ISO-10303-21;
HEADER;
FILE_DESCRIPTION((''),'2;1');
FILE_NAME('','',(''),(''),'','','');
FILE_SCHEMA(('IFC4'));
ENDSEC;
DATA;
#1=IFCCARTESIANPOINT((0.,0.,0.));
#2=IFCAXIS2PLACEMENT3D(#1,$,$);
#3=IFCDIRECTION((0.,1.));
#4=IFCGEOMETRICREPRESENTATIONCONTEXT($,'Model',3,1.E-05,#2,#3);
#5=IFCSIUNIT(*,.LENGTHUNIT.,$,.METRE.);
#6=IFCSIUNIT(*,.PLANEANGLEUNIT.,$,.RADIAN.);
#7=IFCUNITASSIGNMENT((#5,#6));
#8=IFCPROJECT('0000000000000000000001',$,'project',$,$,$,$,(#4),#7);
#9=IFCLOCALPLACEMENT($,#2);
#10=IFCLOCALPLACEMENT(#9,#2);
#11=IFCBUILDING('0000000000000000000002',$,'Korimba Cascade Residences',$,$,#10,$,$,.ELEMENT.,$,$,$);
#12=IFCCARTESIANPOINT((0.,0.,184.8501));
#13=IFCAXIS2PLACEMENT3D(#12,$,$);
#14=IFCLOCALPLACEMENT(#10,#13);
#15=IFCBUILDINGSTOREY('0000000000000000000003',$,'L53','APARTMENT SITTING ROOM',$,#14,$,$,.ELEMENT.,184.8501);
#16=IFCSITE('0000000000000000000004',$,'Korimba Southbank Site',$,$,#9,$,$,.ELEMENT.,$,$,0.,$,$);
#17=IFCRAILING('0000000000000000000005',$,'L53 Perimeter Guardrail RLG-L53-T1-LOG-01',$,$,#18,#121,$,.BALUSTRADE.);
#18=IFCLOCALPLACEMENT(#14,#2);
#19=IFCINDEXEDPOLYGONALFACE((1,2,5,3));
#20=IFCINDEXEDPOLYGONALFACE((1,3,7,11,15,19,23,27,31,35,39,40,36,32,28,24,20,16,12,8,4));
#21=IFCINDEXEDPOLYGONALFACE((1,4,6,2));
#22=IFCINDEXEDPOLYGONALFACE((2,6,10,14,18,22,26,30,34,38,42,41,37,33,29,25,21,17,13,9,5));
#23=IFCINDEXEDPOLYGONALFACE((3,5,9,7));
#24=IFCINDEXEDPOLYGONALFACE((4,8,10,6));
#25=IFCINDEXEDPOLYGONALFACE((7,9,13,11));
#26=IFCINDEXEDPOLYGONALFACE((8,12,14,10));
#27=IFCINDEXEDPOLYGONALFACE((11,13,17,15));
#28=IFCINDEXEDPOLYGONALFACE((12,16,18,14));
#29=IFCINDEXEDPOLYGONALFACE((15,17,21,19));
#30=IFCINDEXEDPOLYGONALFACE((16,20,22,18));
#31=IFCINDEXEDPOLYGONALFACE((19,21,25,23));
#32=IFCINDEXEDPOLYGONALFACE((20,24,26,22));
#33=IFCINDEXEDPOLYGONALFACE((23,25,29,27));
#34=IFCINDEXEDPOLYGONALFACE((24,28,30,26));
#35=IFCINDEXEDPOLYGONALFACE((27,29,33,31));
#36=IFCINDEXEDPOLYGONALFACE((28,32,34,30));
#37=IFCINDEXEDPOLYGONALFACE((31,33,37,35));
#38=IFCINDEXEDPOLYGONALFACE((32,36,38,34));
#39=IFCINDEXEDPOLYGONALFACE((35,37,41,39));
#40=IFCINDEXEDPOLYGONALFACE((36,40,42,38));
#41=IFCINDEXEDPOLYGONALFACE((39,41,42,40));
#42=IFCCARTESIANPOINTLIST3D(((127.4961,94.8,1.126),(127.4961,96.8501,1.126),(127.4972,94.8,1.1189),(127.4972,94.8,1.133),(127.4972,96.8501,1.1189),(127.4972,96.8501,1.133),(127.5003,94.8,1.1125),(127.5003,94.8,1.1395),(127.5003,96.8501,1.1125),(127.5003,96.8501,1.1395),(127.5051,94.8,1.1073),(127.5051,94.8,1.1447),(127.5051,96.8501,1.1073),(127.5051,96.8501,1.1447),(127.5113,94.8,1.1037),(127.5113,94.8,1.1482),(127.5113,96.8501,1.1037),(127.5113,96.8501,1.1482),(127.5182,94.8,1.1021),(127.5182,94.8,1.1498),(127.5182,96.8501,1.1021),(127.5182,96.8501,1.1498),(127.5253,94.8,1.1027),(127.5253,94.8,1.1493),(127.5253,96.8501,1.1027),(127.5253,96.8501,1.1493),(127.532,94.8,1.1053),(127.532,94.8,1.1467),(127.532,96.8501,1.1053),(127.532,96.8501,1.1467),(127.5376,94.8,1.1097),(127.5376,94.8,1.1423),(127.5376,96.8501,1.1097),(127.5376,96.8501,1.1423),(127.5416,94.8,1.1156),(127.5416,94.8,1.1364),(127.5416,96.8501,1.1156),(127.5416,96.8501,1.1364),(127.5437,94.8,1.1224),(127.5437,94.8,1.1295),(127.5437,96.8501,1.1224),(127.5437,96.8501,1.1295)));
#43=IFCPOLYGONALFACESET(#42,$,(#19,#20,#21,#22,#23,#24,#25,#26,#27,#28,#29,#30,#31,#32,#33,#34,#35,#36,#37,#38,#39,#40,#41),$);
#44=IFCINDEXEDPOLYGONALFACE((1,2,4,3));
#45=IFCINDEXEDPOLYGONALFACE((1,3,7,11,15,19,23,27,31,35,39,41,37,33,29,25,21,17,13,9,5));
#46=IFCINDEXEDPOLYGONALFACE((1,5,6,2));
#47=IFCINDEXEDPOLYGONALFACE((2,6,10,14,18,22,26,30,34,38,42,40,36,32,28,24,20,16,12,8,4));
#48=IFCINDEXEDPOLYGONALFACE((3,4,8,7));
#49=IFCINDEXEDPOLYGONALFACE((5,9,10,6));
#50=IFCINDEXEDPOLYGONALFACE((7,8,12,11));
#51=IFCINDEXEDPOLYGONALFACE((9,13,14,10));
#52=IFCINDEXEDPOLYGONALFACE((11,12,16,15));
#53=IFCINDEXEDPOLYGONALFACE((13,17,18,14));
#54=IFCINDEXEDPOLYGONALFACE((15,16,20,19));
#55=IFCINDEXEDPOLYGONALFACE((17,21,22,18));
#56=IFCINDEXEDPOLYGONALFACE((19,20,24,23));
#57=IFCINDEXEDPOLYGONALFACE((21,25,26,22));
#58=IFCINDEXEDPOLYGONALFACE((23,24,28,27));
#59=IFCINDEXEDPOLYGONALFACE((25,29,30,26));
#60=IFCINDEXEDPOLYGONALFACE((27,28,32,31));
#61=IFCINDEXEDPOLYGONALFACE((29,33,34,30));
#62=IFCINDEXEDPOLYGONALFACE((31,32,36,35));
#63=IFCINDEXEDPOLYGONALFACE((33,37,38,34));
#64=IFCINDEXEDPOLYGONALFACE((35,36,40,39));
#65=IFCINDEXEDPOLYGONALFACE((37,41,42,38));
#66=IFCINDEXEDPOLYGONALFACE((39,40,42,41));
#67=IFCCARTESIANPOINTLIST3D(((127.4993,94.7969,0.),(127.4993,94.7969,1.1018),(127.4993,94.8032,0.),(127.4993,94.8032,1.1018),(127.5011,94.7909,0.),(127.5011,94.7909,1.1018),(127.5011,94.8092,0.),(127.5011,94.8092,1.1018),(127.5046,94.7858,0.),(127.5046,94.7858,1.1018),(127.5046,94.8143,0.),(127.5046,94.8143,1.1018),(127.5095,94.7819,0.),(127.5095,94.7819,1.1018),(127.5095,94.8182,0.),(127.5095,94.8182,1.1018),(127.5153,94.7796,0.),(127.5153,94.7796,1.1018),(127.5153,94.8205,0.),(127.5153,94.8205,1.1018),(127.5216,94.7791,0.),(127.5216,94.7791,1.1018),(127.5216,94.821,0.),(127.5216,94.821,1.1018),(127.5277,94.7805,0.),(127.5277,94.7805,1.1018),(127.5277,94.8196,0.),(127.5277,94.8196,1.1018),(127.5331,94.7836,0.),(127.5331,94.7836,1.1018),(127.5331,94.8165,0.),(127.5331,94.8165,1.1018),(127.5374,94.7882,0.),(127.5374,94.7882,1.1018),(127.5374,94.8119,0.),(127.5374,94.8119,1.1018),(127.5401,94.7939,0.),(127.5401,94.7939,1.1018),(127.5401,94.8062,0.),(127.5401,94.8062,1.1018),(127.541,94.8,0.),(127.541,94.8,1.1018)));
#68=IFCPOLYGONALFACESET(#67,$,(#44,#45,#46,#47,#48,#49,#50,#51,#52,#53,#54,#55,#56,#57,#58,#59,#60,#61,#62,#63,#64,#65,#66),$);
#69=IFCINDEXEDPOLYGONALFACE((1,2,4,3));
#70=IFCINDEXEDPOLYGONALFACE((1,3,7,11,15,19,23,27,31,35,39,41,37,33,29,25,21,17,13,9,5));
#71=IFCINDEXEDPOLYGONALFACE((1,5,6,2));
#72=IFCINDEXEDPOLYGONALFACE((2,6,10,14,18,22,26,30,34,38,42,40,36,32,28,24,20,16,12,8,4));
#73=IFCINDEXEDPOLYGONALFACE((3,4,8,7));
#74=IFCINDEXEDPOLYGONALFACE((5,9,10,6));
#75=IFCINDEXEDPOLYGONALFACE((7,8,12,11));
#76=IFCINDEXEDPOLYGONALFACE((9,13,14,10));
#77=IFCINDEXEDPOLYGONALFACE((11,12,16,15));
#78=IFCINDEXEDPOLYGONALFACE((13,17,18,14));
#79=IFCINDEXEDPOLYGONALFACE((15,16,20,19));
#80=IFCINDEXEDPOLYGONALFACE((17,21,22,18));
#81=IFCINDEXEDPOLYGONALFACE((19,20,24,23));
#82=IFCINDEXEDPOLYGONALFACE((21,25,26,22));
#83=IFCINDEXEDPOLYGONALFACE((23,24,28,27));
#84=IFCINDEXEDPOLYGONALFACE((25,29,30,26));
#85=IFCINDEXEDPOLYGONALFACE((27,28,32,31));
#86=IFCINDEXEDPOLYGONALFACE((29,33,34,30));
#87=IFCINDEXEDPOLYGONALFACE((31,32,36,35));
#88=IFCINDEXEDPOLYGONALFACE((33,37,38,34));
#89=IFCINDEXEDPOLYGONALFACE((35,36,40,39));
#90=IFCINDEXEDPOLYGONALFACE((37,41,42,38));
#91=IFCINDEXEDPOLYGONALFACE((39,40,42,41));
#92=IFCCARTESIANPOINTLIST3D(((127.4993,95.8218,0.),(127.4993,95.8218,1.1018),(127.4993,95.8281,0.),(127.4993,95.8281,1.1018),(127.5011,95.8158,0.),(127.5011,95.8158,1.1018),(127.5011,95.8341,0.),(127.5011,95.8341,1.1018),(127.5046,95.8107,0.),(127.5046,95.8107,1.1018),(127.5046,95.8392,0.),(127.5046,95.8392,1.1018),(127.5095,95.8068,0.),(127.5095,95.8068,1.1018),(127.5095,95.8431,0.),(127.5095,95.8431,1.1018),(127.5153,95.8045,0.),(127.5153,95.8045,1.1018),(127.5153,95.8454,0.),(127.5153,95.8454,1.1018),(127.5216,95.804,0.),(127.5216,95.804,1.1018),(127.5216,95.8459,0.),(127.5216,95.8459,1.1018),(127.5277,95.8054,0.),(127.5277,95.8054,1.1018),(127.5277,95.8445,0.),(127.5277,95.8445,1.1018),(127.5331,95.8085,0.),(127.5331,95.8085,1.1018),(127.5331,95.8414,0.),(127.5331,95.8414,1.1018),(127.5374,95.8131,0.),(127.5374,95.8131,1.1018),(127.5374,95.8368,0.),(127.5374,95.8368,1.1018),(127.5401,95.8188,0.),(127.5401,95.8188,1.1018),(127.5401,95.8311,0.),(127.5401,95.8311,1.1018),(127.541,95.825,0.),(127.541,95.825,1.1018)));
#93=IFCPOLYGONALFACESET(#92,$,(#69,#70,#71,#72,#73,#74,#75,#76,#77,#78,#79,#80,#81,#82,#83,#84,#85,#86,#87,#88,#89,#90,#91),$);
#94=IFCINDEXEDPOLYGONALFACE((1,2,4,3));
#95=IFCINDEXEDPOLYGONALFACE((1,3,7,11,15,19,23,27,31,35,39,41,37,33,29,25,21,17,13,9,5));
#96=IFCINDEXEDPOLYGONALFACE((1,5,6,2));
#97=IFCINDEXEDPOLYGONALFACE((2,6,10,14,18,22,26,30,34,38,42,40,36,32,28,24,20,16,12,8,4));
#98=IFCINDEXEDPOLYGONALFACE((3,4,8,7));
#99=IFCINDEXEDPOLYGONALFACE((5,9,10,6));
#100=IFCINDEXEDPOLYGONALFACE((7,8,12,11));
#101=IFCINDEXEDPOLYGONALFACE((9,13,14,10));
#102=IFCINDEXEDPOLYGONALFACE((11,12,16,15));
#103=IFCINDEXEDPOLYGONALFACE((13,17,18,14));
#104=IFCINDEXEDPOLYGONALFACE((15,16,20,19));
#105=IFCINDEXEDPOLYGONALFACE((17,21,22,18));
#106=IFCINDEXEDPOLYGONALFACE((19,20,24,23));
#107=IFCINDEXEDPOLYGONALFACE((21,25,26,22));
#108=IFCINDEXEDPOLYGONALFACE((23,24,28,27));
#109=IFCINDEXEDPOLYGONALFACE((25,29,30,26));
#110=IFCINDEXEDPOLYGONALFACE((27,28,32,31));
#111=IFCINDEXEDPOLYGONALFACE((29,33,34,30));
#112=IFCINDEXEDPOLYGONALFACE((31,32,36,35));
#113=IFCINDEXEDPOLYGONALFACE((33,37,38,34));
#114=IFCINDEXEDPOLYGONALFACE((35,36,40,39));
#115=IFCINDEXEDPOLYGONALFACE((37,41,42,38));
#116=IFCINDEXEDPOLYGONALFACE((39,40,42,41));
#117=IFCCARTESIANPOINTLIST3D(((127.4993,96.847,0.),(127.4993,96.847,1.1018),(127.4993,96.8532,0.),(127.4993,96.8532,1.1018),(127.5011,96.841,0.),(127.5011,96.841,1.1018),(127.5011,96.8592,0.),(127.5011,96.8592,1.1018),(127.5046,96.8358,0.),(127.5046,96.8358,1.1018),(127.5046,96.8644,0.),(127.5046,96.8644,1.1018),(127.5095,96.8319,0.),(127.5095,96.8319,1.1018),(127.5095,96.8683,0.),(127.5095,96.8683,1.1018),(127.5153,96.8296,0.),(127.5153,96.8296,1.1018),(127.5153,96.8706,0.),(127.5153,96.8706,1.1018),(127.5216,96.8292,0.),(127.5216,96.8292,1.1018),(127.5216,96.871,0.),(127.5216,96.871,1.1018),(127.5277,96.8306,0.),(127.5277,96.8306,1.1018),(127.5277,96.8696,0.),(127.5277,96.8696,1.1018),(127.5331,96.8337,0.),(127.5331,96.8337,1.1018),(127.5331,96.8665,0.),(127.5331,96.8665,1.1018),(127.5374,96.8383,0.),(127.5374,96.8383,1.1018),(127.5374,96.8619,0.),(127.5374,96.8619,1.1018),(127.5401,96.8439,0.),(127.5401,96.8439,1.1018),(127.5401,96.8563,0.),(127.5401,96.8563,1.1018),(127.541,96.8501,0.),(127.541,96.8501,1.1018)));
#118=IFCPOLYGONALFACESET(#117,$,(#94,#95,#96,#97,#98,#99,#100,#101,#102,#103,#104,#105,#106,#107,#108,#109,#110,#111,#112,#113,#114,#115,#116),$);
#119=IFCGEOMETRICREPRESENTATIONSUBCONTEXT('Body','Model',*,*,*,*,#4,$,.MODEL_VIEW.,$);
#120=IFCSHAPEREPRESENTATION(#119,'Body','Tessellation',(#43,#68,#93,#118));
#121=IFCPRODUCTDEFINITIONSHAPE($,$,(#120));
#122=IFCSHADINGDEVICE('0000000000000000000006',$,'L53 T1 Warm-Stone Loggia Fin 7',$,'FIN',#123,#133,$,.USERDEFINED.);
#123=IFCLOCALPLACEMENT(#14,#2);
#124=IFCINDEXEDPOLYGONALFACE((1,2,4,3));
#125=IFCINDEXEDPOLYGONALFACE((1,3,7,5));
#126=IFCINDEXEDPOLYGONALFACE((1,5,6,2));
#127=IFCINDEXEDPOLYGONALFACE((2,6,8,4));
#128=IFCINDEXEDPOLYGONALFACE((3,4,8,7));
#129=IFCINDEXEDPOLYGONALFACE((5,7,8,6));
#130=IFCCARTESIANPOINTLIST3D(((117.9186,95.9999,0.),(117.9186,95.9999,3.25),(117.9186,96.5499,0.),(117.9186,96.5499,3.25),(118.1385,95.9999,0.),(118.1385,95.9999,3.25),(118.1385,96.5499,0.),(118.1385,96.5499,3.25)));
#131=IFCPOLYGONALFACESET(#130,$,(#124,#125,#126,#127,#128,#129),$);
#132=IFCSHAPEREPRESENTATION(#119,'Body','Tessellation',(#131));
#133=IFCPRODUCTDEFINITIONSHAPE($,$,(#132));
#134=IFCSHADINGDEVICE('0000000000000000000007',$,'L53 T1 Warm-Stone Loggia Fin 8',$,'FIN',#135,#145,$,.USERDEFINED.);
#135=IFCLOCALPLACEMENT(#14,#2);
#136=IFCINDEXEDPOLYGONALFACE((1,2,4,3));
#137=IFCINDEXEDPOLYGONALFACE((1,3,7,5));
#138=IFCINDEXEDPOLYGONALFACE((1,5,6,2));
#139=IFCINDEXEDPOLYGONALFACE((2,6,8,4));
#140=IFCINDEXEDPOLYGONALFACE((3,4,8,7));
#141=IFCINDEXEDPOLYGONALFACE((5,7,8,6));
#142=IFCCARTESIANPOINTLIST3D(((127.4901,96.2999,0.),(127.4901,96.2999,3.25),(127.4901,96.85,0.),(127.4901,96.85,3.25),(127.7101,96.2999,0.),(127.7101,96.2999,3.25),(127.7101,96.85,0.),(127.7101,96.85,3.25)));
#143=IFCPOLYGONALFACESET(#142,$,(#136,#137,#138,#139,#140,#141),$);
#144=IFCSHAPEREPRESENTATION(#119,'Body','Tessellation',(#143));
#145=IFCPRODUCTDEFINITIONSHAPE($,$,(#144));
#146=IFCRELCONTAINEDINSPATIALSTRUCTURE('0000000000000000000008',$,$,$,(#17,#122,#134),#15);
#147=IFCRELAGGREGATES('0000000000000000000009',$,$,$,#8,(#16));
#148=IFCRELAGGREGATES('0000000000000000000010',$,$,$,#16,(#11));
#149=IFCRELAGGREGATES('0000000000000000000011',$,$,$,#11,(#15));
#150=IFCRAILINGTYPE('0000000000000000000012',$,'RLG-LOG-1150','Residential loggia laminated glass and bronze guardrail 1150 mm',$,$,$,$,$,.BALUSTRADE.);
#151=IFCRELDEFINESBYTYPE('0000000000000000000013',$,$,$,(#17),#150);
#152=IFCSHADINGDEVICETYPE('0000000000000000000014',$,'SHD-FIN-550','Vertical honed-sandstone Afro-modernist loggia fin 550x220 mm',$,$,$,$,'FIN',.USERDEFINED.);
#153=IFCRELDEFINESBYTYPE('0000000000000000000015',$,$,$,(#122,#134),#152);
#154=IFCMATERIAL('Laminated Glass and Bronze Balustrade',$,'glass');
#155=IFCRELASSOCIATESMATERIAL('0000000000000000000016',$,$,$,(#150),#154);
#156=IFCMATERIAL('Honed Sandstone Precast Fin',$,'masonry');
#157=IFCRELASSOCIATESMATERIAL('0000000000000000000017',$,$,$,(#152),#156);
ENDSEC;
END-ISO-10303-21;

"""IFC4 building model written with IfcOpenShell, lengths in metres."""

from ifc_helpers import new_model, si_unit, direction, frame, origin, origin_2d, place, context, subcontext, project, spatial, rectangle, circle, extrude, material, type_object, element, save


model = new_model("IFC4")

# Units and contexts
model_context = context("Model", 3, precision=1e-05, world=origin(), true_north=direction((0.0, 1.0)))
body_context = subcontext(model_context, "Body", "Model", "MODEL_VIEW")
ifc_project = project(units=[si_unit("LENGTHUNIT", "METRE"), si_unit("PLANEANGLEUNIT", "RADIAN")], contexts=[model_context])

# Site, building, storey
site_placement = place(None, origin())
site = spatial("IfcSite", under=ifc_project, at=site_placement, Name="Korimba Southbank Site", CompositionType="ELEMENT", RefElevation=0.0)
building_placement = place(site_placement, origin())
building = spatial("IfcBuilding", under=site, at=building_placement, Name="Korimba Cascade Residences", CompositionType="ELEMENT")
storey_placement = place(building_placement, frame((0.0, 0.0, 184.8501)))
storey = spatial("IfcBuildingStorey", under=building, at=storey_placement, Name="L53", Description="APARTMENT SITTING ROOM", CompositionType="ELEMENT", Elevation=184.8501)

# Railing
ifc_material_1 = material(Name="Laminated Glass and Bronze Balustrade", Category="glass")
railing_type = type_object("IfcRailingType", Name="RLG-LOG-1150", Description="Residential loggia laminated glass and bronze guardrail 1150 mm", PredefinedType="BALUSTRADE", material=ifc_material_1)
railing_placement = place(storey_placement, frame((127.52, 94.8, 0.0)))
element("IfcRailing", 1, at=railing_placement, inside=storey, type_object=railing_type, Name="L53 Perimeter Guardrail RLG-L53-T1-LOG-01", PredefinedType="BALUSTRADE", context=body_context, shape_type="SweptSolid", body=[
    extrude(circle(Radius=0.0239, at=origin_2d()), frame((0.0, 0.0, 1.126), z_axis=(0.0, 1.0, 0.0), x_axis=(-1.0, 0.0, 0.0)), (0.0, 0.0, 1.0), 2.05),
    extrude(circle(Radius=0.021, at=origin_2d()), origin(), (0.0, 0.0, 1.0), 1.1018),
    extrude(circle(Radius=0.021, at=origin_2d()), frame((0.0, 1.0249, 0.0)), (0.0, 0.0, 1.0), 1.1018),
    extrude(circle(Radius=0.021, at=origin_2d()), frame((0.0, 2.05, 0.0)), (0.0, 0.0, 1.0), 1.1018),
])

# Shading devices
ifc_material_2 = material(Name="Honed Sandstone Precast Fin", Category="masonry")
shading_device_type = type_object("IfcShadingDeviceType", Name="SHD-FIN-550", Description="Vertical honed-sandstone Afro-modernist loggia fin 550x220 mm", ElementType="FIN", PredefinedType="USERDEFINED", material=ifc_material_2)
for number, where, z_axis, x_axis, name in (
    (2, (118.0286, 96.2749, 0.0), (0.0, 0.0, 1.0), (1.0, 0.0, 0.0), "L53 T1 Warm-Stone Loggia Fin 7"),
    (3, (127.6001, 96.575, 0.0), (0.0, 0.0, 1.0), (1.0, 0.0, 0.0), "L53 T1 Warm-Stone Loggia Fin 8"),
):
    element("IfcShadingDevice", number, at=place(storey_placement, frame(where, z_axis=z_axis, x_axis=x_axis)), inside=storey, type_object=shading_device_type, Name=name, ObjectType="FIN", PredefinedType="USERDEFINED", context=body_context, shape_type="SweptSolid", body=[
        extrude(rectangle(XDim=0.22, YDim=0.55, at=origin_2d()), origin(), (0.0, 0.0, 1.0), 3.25),
    ])

save(model, "model.ifc")
